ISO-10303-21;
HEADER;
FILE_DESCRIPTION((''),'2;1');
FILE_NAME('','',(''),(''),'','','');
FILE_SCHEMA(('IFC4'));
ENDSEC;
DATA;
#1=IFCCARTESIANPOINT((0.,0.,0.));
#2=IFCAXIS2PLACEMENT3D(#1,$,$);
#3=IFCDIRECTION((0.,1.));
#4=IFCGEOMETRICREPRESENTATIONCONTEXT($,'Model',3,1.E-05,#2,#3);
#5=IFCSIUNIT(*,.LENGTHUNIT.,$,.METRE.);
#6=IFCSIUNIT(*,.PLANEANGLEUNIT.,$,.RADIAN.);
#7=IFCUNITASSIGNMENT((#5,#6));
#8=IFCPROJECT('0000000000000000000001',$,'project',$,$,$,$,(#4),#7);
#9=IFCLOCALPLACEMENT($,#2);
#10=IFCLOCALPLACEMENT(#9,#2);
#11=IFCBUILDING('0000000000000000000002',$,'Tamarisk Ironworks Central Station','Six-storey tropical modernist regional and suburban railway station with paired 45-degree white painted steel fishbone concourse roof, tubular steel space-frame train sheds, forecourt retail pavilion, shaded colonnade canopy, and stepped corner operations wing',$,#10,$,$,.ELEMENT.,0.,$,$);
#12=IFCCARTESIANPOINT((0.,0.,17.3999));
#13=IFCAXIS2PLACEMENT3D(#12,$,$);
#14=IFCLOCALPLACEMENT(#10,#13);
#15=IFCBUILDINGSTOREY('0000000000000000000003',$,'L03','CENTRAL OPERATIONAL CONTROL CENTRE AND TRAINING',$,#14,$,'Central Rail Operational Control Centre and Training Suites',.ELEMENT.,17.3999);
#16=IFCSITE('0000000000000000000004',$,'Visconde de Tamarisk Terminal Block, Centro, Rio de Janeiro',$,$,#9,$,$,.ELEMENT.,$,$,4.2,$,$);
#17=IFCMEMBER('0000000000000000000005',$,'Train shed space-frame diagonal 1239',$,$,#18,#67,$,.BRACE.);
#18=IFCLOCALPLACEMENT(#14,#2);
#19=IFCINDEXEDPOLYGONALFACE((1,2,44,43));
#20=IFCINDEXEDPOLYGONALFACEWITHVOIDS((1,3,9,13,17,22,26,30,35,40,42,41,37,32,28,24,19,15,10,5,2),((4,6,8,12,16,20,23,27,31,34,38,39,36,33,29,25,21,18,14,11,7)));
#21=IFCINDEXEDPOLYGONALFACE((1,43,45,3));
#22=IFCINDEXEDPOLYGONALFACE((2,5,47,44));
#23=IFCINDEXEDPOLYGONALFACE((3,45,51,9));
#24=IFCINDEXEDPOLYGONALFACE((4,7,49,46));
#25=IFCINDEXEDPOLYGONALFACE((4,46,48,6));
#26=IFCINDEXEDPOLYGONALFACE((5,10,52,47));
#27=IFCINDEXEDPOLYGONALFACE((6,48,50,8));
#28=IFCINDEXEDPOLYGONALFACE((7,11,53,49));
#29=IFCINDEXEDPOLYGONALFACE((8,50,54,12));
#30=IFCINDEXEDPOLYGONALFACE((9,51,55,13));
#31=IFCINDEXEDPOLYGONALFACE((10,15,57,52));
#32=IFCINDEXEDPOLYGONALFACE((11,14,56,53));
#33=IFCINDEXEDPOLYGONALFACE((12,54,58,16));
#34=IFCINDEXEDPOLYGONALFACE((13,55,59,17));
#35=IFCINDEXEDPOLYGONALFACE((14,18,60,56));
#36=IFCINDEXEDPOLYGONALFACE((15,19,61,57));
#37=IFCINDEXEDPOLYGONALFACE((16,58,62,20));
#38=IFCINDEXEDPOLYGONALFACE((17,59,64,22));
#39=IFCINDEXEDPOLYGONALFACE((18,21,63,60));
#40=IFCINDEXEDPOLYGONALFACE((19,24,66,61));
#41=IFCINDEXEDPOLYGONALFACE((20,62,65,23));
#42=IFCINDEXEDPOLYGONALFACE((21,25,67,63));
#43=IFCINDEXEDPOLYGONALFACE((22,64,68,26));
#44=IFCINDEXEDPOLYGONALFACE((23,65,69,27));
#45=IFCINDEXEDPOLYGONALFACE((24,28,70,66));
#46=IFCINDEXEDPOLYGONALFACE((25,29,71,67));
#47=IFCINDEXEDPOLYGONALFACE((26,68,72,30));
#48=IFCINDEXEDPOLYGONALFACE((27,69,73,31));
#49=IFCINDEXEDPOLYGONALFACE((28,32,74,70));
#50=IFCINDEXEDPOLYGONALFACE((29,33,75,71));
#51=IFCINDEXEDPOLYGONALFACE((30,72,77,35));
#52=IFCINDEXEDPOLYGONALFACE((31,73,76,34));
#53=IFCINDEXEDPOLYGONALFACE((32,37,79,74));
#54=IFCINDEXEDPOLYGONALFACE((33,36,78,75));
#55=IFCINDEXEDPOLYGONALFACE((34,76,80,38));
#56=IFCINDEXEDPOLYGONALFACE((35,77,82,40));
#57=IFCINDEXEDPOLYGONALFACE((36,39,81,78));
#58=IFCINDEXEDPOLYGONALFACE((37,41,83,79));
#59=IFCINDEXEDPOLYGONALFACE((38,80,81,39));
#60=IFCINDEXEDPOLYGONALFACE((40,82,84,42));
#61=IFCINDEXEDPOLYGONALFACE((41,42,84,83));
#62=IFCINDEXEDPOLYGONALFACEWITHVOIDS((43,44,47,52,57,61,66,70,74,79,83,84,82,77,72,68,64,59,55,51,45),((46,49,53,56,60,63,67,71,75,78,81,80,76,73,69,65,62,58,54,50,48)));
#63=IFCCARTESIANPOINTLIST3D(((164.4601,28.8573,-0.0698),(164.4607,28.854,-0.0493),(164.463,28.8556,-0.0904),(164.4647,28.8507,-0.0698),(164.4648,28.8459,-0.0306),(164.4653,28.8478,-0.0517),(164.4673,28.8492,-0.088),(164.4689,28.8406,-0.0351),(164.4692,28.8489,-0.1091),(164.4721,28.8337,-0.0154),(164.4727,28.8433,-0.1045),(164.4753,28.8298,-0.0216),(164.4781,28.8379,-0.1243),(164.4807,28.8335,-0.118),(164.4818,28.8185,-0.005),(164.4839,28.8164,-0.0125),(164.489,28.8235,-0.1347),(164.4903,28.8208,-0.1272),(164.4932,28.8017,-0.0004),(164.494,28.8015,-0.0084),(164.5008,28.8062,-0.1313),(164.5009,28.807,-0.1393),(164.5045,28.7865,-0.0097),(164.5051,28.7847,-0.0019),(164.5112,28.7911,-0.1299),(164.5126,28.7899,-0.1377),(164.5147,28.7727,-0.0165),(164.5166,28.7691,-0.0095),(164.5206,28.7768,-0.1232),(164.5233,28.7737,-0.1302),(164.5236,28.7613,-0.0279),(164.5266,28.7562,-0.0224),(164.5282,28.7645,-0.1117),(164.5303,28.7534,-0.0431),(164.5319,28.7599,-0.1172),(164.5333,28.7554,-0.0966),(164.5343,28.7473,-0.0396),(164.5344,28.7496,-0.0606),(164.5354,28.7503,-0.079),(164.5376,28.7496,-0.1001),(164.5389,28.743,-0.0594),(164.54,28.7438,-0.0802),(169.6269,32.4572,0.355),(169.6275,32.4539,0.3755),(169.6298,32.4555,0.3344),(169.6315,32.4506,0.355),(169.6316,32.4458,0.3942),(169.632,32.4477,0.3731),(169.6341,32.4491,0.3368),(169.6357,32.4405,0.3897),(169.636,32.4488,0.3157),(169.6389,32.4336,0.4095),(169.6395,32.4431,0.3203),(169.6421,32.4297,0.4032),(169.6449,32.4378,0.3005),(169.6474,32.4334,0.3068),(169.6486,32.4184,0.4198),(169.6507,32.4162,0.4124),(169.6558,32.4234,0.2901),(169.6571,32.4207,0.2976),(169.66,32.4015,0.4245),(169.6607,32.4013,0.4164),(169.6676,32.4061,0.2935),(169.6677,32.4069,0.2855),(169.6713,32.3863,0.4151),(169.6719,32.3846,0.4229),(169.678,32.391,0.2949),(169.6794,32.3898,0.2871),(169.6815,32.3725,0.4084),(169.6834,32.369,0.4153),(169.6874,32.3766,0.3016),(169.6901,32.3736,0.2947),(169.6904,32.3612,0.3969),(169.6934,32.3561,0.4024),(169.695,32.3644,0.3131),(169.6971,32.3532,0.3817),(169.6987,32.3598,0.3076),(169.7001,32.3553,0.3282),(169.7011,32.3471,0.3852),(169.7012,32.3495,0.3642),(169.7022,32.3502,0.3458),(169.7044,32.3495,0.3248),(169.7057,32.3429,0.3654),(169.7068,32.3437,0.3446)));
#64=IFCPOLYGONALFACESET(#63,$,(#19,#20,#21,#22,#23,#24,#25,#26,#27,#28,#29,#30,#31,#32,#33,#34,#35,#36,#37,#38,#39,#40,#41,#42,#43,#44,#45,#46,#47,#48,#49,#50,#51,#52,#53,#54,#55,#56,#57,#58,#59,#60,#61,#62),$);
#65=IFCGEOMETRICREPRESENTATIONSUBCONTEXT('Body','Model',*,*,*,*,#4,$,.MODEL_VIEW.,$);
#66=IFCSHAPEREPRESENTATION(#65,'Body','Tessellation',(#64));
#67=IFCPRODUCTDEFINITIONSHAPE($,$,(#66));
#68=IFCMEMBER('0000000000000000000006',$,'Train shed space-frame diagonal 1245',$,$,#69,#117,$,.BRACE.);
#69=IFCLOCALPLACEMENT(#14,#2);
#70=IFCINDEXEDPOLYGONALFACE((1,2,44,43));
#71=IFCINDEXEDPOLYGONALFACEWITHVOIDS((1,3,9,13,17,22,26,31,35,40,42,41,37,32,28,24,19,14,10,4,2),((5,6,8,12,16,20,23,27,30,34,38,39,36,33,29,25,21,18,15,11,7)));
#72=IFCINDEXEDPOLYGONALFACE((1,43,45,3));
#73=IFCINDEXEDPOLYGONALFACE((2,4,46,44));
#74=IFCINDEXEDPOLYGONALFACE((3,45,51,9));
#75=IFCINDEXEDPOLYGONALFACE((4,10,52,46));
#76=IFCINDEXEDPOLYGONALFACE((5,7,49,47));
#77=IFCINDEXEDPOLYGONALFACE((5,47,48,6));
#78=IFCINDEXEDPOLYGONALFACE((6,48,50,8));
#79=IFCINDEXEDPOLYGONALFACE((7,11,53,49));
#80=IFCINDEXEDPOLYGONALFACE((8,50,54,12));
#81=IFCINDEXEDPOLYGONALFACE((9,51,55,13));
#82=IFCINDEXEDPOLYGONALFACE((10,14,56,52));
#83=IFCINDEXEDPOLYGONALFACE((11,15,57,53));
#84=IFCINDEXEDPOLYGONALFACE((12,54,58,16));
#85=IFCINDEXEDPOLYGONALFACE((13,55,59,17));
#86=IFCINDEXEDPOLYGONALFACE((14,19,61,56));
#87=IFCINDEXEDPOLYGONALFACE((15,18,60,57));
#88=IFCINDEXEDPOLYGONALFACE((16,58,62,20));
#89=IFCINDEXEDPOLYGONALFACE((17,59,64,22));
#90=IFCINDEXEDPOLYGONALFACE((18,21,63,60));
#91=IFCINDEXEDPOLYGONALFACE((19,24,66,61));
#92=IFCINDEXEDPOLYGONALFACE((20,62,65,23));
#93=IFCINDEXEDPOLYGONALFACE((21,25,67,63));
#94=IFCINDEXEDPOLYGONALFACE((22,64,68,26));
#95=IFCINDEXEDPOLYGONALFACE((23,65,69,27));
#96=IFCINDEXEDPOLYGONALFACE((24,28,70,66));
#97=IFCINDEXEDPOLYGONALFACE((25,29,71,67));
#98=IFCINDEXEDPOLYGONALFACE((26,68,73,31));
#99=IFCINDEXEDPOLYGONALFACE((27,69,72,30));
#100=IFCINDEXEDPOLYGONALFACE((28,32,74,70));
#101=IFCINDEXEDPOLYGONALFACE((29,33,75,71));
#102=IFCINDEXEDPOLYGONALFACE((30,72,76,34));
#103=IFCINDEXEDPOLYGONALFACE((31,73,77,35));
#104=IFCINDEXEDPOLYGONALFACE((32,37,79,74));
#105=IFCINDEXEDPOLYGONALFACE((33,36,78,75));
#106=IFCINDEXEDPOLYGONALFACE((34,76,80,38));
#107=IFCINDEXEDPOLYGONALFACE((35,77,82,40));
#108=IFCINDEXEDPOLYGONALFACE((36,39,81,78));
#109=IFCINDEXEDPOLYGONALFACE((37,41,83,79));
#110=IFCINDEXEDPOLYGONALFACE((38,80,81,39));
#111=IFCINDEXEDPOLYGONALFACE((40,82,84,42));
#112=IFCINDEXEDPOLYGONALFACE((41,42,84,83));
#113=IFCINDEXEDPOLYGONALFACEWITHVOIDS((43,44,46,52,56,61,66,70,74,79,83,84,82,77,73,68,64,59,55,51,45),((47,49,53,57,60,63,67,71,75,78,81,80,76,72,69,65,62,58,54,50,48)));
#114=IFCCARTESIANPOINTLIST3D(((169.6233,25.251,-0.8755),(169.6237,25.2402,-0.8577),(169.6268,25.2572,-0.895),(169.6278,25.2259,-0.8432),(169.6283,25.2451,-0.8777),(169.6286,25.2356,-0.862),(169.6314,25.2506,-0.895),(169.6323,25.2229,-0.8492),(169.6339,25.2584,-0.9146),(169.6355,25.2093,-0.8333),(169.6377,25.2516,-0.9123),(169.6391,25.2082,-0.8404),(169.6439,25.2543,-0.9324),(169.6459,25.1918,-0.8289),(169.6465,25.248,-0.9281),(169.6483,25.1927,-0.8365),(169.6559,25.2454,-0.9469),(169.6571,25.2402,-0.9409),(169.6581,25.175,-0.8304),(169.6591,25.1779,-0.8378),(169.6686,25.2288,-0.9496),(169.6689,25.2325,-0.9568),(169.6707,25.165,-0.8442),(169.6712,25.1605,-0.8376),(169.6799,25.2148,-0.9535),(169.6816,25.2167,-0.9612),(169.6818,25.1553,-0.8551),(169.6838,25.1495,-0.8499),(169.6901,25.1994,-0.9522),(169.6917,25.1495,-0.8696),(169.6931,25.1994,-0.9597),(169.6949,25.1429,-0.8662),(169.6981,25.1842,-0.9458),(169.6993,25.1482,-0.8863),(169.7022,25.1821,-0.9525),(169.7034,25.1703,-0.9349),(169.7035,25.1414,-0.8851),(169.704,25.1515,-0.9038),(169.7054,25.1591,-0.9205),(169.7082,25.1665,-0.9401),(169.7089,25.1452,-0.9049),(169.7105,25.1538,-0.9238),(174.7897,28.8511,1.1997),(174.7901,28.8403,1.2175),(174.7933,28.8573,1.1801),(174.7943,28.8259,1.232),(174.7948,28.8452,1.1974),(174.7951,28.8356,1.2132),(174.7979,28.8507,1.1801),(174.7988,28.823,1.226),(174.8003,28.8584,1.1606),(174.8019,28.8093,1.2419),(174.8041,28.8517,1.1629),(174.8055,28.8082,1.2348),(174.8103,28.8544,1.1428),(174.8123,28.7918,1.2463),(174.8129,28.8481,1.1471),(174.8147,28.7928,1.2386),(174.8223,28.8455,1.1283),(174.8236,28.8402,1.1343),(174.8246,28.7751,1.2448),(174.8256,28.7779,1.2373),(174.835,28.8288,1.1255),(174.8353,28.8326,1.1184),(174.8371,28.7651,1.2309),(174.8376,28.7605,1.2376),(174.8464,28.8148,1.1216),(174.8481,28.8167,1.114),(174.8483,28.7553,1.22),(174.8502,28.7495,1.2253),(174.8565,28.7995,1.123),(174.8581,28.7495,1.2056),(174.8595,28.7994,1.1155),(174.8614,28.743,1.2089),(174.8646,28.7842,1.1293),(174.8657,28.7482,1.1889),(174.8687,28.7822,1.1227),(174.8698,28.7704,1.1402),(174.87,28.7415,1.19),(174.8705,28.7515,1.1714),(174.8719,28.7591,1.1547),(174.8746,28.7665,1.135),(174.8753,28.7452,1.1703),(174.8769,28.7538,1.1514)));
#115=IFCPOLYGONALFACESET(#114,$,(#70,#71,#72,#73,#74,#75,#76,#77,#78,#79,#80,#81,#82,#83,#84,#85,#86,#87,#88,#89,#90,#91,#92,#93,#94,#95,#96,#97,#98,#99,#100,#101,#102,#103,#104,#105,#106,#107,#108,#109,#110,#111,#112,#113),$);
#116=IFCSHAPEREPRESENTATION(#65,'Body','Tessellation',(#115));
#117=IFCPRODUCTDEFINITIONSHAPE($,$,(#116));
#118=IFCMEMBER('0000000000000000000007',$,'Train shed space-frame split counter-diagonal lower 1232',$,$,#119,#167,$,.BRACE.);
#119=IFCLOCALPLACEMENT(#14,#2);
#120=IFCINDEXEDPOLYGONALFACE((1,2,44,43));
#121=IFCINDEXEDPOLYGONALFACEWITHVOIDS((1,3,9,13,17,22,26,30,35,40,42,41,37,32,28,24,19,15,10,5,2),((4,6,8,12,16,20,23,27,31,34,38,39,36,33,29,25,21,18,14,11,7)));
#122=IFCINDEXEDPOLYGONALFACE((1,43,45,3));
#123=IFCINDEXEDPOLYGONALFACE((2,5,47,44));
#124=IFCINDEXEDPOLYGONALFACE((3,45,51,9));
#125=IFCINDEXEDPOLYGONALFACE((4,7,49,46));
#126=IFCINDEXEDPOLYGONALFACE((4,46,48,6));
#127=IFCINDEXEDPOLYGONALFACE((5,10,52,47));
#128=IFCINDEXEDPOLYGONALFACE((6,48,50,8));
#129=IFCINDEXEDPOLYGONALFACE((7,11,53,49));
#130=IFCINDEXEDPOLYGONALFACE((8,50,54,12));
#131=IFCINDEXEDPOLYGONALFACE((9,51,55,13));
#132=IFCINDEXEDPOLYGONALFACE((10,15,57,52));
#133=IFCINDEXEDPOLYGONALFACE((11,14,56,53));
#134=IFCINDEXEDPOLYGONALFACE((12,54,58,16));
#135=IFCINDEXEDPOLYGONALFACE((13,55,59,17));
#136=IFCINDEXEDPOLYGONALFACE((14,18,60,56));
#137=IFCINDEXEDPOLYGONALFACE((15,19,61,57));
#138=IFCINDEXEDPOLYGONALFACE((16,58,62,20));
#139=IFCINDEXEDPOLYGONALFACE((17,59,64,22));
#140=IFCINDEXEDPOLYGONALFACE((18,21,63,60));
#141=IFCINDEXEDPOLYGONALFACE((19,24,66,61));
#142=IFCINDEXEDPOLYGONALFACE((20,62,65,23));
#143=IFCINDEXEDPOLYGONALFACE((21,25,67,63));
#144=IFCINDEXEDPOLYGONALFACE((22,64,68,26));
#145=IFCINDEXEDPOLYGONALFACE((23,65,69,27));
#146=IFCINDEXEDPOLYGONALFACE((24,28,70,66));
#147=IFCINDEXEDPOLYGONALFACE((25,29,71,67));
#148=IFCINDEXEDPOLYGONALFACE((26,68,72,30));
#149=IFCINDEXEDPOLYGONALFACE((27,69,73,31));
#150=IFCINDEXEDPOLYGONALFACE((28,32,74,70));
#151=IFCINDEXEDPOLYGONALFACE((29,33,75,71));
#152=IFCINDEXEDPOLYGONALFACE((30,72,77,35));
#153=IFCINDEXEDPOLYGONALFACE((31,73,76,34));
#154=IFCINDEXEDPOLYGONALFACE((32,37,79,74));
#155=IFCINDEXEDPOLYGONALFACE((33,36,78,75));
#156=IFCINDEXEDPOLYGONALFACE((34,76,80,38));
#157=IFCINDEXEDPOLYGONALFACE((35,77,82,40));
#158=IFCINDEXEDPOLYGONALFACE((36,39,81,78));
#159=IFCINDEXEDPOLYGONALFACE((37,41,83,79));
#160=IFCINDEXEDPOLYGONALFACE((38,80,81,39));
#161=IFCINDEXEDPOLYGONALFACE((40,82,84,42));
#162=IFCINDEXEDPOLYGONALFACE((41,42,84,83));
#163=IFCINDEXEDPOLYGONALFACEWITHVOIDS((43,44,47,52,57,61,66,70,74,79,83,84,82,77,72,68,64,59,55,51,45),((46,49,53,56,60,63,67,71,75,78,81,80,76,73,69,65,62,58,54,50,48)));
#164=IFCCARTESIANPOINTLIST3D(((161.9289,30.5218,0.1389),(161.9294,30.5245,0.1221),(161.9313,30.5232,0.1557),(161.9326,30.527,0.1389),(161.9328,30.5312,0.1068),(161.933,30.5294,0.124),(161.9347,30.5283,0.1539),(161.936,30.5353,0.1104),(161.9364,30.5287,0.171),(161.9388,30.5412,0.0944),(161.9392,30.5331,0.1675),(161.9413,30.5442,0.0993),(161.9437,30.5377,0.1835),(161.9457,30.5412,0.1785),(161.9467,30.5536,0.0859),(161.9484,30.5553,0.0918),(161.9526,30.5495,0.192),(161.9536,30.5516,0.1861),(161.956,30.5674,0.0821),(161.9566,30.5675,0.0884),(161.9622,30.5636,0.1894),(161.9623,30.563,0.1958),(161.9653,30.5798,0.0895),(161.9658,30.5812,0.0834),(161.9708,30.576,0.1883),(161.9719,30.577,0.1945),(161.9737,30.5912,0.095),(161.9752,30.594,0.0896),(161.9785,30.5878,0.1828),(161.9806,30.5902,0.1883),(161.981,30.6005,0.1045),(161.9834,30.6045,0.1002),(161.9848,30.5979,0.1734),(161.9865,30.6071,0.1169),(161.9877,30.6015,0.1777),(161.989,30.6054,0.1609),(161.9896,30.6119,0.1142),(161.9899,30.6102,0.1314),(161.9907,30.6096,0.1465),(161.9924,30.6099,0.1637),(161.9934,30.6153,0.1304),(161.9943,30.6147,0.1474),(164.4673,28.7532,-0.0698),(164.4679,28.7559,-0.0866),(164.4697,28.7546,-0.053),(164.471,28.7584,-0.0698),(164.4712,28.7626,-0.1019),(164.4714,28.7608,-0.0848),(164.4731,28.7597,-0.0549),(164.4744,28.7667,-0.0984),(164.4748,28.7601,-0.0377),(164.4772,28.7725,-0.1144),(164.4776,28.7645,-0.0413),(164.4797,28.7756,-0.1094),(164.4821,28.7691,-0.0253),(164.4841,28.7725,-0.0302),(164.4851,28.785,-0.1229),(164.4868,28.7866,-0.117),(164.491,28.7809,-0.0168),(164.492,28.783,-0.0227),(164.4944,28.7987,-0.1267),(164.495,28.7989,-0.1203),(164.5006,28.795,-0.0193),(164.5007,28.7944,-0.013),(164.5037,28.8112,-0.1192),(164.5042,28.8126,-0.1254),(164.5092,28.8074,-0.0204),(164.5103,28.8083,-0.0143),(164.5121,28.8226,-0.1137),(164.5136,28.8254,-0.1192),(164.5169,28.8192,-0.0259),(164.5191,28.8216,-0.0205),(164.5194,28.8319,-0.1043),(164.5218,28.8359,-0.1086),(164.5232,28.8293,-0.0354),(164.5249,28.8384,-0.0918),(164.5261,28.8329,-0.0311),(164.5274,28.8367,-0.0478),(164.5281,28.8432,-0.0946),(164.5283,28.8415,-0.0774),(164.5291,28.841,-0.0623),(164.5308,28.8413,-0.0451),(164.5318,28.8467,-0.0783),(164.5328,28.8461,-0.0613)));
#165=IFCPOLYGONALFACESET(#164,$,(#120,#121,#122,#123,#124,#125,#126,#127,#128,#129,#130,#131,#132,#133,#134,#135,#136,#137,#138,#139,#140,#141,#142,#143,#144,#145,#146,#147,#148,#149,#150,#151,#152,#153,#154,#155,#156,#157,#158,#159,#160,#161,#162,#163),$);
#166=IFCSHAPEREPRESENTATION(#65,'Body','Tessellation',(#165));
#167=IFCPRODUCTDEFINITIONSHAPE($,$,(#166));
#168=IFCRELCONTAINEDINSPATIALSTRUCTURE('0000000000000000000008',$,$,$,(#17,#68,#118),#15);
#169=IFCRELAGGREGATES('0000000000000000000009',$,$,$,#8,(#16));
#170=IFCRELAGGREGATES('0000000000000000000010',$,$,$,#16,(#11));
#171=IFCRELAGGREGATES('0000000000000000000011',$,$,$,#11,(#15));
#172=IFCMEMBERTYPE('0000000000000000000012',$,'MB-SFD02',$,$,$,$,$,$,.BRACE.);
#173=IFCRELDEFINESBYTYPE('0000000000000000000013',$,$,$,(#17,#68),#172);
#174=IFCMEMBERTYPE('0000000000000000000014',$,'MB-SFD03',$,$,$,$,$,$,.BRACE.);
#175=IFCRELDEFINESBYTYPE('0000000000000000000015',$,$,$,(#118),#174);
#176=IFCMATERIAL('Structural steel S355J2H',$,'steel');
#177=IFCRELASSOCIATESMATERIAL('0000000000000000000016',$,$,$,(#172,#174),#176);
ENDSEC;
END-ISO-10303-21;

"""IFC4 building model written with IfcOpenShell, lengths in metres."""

from ifc_helpers import new_model, si_unit, direction, frame, origin, origin_2d, place, context, subcontext, project, spatial, hollow_circle, extrude, material, material_profile, profile_set, type_object, element, save


model = new_model("IFC4")

# Units and contexts
model_context = context("Model", 3, precision=1e-05, world=origin(), true_north=direction((0.0, 1.0)))
body_context = subcontext(model_context, "Body", "Model", "MODEL_VIEW")
ifc_project = project(units=[si_unit("LENGTHUNIT", "METRE"), si_unit("PLANEANGLEUNIT", "RADIAN")], contexts=[model_context])

# Site, building, storey
site_placement = place(None, origin())
site = spatial("IfcSite", under=ifc_project, at=site_placement, Name="Visconde de Tamarisk Terminal Block, Centro, Rio de Janeiro", CompositionType="ELEMENT", RefElevation=4.2)
building_placement = place(site_placement, origin())
building = spatial("IfcBuilding", under=site, at=building_placement, Name="Tamarisk Ironworks Central Station", Description="Six-storey tropical modernist regional and suburban railway station with paired 45-degree white painted steel fishbone concourse roof, tubular steel space-frame train sheds, forecourt retail pavilion, shaded colonnade canopy, and stepped corner operations wing", CompositionType="ELEMENT", ElevationOfRefHeight=0.0)
storey_placement = place(building_placement, frame((0.0, 0.0, 17.3999)))
storey = spatial("IfcBuildingStorey", under=building, at=storey_placement, Name="L03", Description="CENTRAL OPERATIONAL CONTROL CENTRE AND TRAINING", LongName="Central Rail Operational Control Centre and Training Suites", CompositionType="ELEMENT", Elevation=17.3999)

# Members
ifc_material = material(Name="Structural steel S355J2H", Category="steel")
ifc_material_profile_1 = material_profile(ifc_material, hollow_circle(Radius=0.0698, WallThickness=0.0081, at=origin_2d()), Name="CHS 139.7x8")
ifc_profile_set_1 = profile_set([ifc_material_profile_1], Name="Structural steel S355J2H")
member_type_1 = type_object("IfcMemberType", Name="MB-SFD02", PredefinedType="BRACE", material=ifc_profile_set_1)
member_1_placement = place(storey_placement, frame((164.5, 28.8, -0.0698), z_axis=(0.818628, 0.570367, 0.067307), x_axis=(-0.571663, 0.820489, 0.0)))
element("IfcMember", 1, at=member_1_placement, inside=storey, type_object=member_type_1, Name="Train shed space-frame diagonal 1239", PredefinedType="BRACE", context=body_context, shape_type="SweptSolid", body=[
    extrude(hollow_circle(Radius=0.0698, WallThickness=0.0081, at=origin_2d()), origin(), (0.0, 0.0, 1.0), 6.3115),
])
member_2_placement = place(storey_placement, frame((169.6667, 25.2, -0.895), z_axis=(0.779235, 0.542983, 0.31299), x_axis=(-0.571707, 0.820458, 0.0)))
element("IfcMember", 2, at=member_2_placement, inside=storey, type_object=member_type_1, Name="Train shed space-frame diagonal 1245", PredefinedType="BRACE", context=body_context, shape_type="SweptSolid", body=[
    extrude(hollow_circle(Radius=0.0698, WallThickness=0.0081, at=origin_2d()), origin(), (0.0, 0.0, 1.0), 6.6301),
])
ifc_material_profile_2 = material_profile(ifc_material, hollow_circle(Radius=0.0571, WallThickness=0.0063, at=origin_2d()), Name="CHS 114.3x6.3")
ifc_profile_set_2 = profile_set([ifc_material_profile_2], Name="Structural steel S355J2H")
member_type_2 = type_object("IfcMemberType", Name="MB-SFD03", PredefinedType="BRACE", material=ifc_profile_set_2)
member_3_placement = place(storey_placement, frame((164.5, 28.8, -0.0698), z_axis=(-0.818625, 0.570369, 0.06732), x_axis=(-0.571666, -0.820487, 0.0)))
element("IfcMember", 3, at=member_3_placement, inside=storey, type_object=member_type_2, Name="Train shed space-frame split counter-diagonal lower 1232", PredefinedType="BRACE", context=body_context, shape_type="SweptSolid", body=[
    extrude(hollow_circle(Radius=0.0571, WallThickness=0.0063, at=origin_2d()), origin(), (0.0, 0.0, 1.0), 3.1008),
])

save(model, "model.ifc")
